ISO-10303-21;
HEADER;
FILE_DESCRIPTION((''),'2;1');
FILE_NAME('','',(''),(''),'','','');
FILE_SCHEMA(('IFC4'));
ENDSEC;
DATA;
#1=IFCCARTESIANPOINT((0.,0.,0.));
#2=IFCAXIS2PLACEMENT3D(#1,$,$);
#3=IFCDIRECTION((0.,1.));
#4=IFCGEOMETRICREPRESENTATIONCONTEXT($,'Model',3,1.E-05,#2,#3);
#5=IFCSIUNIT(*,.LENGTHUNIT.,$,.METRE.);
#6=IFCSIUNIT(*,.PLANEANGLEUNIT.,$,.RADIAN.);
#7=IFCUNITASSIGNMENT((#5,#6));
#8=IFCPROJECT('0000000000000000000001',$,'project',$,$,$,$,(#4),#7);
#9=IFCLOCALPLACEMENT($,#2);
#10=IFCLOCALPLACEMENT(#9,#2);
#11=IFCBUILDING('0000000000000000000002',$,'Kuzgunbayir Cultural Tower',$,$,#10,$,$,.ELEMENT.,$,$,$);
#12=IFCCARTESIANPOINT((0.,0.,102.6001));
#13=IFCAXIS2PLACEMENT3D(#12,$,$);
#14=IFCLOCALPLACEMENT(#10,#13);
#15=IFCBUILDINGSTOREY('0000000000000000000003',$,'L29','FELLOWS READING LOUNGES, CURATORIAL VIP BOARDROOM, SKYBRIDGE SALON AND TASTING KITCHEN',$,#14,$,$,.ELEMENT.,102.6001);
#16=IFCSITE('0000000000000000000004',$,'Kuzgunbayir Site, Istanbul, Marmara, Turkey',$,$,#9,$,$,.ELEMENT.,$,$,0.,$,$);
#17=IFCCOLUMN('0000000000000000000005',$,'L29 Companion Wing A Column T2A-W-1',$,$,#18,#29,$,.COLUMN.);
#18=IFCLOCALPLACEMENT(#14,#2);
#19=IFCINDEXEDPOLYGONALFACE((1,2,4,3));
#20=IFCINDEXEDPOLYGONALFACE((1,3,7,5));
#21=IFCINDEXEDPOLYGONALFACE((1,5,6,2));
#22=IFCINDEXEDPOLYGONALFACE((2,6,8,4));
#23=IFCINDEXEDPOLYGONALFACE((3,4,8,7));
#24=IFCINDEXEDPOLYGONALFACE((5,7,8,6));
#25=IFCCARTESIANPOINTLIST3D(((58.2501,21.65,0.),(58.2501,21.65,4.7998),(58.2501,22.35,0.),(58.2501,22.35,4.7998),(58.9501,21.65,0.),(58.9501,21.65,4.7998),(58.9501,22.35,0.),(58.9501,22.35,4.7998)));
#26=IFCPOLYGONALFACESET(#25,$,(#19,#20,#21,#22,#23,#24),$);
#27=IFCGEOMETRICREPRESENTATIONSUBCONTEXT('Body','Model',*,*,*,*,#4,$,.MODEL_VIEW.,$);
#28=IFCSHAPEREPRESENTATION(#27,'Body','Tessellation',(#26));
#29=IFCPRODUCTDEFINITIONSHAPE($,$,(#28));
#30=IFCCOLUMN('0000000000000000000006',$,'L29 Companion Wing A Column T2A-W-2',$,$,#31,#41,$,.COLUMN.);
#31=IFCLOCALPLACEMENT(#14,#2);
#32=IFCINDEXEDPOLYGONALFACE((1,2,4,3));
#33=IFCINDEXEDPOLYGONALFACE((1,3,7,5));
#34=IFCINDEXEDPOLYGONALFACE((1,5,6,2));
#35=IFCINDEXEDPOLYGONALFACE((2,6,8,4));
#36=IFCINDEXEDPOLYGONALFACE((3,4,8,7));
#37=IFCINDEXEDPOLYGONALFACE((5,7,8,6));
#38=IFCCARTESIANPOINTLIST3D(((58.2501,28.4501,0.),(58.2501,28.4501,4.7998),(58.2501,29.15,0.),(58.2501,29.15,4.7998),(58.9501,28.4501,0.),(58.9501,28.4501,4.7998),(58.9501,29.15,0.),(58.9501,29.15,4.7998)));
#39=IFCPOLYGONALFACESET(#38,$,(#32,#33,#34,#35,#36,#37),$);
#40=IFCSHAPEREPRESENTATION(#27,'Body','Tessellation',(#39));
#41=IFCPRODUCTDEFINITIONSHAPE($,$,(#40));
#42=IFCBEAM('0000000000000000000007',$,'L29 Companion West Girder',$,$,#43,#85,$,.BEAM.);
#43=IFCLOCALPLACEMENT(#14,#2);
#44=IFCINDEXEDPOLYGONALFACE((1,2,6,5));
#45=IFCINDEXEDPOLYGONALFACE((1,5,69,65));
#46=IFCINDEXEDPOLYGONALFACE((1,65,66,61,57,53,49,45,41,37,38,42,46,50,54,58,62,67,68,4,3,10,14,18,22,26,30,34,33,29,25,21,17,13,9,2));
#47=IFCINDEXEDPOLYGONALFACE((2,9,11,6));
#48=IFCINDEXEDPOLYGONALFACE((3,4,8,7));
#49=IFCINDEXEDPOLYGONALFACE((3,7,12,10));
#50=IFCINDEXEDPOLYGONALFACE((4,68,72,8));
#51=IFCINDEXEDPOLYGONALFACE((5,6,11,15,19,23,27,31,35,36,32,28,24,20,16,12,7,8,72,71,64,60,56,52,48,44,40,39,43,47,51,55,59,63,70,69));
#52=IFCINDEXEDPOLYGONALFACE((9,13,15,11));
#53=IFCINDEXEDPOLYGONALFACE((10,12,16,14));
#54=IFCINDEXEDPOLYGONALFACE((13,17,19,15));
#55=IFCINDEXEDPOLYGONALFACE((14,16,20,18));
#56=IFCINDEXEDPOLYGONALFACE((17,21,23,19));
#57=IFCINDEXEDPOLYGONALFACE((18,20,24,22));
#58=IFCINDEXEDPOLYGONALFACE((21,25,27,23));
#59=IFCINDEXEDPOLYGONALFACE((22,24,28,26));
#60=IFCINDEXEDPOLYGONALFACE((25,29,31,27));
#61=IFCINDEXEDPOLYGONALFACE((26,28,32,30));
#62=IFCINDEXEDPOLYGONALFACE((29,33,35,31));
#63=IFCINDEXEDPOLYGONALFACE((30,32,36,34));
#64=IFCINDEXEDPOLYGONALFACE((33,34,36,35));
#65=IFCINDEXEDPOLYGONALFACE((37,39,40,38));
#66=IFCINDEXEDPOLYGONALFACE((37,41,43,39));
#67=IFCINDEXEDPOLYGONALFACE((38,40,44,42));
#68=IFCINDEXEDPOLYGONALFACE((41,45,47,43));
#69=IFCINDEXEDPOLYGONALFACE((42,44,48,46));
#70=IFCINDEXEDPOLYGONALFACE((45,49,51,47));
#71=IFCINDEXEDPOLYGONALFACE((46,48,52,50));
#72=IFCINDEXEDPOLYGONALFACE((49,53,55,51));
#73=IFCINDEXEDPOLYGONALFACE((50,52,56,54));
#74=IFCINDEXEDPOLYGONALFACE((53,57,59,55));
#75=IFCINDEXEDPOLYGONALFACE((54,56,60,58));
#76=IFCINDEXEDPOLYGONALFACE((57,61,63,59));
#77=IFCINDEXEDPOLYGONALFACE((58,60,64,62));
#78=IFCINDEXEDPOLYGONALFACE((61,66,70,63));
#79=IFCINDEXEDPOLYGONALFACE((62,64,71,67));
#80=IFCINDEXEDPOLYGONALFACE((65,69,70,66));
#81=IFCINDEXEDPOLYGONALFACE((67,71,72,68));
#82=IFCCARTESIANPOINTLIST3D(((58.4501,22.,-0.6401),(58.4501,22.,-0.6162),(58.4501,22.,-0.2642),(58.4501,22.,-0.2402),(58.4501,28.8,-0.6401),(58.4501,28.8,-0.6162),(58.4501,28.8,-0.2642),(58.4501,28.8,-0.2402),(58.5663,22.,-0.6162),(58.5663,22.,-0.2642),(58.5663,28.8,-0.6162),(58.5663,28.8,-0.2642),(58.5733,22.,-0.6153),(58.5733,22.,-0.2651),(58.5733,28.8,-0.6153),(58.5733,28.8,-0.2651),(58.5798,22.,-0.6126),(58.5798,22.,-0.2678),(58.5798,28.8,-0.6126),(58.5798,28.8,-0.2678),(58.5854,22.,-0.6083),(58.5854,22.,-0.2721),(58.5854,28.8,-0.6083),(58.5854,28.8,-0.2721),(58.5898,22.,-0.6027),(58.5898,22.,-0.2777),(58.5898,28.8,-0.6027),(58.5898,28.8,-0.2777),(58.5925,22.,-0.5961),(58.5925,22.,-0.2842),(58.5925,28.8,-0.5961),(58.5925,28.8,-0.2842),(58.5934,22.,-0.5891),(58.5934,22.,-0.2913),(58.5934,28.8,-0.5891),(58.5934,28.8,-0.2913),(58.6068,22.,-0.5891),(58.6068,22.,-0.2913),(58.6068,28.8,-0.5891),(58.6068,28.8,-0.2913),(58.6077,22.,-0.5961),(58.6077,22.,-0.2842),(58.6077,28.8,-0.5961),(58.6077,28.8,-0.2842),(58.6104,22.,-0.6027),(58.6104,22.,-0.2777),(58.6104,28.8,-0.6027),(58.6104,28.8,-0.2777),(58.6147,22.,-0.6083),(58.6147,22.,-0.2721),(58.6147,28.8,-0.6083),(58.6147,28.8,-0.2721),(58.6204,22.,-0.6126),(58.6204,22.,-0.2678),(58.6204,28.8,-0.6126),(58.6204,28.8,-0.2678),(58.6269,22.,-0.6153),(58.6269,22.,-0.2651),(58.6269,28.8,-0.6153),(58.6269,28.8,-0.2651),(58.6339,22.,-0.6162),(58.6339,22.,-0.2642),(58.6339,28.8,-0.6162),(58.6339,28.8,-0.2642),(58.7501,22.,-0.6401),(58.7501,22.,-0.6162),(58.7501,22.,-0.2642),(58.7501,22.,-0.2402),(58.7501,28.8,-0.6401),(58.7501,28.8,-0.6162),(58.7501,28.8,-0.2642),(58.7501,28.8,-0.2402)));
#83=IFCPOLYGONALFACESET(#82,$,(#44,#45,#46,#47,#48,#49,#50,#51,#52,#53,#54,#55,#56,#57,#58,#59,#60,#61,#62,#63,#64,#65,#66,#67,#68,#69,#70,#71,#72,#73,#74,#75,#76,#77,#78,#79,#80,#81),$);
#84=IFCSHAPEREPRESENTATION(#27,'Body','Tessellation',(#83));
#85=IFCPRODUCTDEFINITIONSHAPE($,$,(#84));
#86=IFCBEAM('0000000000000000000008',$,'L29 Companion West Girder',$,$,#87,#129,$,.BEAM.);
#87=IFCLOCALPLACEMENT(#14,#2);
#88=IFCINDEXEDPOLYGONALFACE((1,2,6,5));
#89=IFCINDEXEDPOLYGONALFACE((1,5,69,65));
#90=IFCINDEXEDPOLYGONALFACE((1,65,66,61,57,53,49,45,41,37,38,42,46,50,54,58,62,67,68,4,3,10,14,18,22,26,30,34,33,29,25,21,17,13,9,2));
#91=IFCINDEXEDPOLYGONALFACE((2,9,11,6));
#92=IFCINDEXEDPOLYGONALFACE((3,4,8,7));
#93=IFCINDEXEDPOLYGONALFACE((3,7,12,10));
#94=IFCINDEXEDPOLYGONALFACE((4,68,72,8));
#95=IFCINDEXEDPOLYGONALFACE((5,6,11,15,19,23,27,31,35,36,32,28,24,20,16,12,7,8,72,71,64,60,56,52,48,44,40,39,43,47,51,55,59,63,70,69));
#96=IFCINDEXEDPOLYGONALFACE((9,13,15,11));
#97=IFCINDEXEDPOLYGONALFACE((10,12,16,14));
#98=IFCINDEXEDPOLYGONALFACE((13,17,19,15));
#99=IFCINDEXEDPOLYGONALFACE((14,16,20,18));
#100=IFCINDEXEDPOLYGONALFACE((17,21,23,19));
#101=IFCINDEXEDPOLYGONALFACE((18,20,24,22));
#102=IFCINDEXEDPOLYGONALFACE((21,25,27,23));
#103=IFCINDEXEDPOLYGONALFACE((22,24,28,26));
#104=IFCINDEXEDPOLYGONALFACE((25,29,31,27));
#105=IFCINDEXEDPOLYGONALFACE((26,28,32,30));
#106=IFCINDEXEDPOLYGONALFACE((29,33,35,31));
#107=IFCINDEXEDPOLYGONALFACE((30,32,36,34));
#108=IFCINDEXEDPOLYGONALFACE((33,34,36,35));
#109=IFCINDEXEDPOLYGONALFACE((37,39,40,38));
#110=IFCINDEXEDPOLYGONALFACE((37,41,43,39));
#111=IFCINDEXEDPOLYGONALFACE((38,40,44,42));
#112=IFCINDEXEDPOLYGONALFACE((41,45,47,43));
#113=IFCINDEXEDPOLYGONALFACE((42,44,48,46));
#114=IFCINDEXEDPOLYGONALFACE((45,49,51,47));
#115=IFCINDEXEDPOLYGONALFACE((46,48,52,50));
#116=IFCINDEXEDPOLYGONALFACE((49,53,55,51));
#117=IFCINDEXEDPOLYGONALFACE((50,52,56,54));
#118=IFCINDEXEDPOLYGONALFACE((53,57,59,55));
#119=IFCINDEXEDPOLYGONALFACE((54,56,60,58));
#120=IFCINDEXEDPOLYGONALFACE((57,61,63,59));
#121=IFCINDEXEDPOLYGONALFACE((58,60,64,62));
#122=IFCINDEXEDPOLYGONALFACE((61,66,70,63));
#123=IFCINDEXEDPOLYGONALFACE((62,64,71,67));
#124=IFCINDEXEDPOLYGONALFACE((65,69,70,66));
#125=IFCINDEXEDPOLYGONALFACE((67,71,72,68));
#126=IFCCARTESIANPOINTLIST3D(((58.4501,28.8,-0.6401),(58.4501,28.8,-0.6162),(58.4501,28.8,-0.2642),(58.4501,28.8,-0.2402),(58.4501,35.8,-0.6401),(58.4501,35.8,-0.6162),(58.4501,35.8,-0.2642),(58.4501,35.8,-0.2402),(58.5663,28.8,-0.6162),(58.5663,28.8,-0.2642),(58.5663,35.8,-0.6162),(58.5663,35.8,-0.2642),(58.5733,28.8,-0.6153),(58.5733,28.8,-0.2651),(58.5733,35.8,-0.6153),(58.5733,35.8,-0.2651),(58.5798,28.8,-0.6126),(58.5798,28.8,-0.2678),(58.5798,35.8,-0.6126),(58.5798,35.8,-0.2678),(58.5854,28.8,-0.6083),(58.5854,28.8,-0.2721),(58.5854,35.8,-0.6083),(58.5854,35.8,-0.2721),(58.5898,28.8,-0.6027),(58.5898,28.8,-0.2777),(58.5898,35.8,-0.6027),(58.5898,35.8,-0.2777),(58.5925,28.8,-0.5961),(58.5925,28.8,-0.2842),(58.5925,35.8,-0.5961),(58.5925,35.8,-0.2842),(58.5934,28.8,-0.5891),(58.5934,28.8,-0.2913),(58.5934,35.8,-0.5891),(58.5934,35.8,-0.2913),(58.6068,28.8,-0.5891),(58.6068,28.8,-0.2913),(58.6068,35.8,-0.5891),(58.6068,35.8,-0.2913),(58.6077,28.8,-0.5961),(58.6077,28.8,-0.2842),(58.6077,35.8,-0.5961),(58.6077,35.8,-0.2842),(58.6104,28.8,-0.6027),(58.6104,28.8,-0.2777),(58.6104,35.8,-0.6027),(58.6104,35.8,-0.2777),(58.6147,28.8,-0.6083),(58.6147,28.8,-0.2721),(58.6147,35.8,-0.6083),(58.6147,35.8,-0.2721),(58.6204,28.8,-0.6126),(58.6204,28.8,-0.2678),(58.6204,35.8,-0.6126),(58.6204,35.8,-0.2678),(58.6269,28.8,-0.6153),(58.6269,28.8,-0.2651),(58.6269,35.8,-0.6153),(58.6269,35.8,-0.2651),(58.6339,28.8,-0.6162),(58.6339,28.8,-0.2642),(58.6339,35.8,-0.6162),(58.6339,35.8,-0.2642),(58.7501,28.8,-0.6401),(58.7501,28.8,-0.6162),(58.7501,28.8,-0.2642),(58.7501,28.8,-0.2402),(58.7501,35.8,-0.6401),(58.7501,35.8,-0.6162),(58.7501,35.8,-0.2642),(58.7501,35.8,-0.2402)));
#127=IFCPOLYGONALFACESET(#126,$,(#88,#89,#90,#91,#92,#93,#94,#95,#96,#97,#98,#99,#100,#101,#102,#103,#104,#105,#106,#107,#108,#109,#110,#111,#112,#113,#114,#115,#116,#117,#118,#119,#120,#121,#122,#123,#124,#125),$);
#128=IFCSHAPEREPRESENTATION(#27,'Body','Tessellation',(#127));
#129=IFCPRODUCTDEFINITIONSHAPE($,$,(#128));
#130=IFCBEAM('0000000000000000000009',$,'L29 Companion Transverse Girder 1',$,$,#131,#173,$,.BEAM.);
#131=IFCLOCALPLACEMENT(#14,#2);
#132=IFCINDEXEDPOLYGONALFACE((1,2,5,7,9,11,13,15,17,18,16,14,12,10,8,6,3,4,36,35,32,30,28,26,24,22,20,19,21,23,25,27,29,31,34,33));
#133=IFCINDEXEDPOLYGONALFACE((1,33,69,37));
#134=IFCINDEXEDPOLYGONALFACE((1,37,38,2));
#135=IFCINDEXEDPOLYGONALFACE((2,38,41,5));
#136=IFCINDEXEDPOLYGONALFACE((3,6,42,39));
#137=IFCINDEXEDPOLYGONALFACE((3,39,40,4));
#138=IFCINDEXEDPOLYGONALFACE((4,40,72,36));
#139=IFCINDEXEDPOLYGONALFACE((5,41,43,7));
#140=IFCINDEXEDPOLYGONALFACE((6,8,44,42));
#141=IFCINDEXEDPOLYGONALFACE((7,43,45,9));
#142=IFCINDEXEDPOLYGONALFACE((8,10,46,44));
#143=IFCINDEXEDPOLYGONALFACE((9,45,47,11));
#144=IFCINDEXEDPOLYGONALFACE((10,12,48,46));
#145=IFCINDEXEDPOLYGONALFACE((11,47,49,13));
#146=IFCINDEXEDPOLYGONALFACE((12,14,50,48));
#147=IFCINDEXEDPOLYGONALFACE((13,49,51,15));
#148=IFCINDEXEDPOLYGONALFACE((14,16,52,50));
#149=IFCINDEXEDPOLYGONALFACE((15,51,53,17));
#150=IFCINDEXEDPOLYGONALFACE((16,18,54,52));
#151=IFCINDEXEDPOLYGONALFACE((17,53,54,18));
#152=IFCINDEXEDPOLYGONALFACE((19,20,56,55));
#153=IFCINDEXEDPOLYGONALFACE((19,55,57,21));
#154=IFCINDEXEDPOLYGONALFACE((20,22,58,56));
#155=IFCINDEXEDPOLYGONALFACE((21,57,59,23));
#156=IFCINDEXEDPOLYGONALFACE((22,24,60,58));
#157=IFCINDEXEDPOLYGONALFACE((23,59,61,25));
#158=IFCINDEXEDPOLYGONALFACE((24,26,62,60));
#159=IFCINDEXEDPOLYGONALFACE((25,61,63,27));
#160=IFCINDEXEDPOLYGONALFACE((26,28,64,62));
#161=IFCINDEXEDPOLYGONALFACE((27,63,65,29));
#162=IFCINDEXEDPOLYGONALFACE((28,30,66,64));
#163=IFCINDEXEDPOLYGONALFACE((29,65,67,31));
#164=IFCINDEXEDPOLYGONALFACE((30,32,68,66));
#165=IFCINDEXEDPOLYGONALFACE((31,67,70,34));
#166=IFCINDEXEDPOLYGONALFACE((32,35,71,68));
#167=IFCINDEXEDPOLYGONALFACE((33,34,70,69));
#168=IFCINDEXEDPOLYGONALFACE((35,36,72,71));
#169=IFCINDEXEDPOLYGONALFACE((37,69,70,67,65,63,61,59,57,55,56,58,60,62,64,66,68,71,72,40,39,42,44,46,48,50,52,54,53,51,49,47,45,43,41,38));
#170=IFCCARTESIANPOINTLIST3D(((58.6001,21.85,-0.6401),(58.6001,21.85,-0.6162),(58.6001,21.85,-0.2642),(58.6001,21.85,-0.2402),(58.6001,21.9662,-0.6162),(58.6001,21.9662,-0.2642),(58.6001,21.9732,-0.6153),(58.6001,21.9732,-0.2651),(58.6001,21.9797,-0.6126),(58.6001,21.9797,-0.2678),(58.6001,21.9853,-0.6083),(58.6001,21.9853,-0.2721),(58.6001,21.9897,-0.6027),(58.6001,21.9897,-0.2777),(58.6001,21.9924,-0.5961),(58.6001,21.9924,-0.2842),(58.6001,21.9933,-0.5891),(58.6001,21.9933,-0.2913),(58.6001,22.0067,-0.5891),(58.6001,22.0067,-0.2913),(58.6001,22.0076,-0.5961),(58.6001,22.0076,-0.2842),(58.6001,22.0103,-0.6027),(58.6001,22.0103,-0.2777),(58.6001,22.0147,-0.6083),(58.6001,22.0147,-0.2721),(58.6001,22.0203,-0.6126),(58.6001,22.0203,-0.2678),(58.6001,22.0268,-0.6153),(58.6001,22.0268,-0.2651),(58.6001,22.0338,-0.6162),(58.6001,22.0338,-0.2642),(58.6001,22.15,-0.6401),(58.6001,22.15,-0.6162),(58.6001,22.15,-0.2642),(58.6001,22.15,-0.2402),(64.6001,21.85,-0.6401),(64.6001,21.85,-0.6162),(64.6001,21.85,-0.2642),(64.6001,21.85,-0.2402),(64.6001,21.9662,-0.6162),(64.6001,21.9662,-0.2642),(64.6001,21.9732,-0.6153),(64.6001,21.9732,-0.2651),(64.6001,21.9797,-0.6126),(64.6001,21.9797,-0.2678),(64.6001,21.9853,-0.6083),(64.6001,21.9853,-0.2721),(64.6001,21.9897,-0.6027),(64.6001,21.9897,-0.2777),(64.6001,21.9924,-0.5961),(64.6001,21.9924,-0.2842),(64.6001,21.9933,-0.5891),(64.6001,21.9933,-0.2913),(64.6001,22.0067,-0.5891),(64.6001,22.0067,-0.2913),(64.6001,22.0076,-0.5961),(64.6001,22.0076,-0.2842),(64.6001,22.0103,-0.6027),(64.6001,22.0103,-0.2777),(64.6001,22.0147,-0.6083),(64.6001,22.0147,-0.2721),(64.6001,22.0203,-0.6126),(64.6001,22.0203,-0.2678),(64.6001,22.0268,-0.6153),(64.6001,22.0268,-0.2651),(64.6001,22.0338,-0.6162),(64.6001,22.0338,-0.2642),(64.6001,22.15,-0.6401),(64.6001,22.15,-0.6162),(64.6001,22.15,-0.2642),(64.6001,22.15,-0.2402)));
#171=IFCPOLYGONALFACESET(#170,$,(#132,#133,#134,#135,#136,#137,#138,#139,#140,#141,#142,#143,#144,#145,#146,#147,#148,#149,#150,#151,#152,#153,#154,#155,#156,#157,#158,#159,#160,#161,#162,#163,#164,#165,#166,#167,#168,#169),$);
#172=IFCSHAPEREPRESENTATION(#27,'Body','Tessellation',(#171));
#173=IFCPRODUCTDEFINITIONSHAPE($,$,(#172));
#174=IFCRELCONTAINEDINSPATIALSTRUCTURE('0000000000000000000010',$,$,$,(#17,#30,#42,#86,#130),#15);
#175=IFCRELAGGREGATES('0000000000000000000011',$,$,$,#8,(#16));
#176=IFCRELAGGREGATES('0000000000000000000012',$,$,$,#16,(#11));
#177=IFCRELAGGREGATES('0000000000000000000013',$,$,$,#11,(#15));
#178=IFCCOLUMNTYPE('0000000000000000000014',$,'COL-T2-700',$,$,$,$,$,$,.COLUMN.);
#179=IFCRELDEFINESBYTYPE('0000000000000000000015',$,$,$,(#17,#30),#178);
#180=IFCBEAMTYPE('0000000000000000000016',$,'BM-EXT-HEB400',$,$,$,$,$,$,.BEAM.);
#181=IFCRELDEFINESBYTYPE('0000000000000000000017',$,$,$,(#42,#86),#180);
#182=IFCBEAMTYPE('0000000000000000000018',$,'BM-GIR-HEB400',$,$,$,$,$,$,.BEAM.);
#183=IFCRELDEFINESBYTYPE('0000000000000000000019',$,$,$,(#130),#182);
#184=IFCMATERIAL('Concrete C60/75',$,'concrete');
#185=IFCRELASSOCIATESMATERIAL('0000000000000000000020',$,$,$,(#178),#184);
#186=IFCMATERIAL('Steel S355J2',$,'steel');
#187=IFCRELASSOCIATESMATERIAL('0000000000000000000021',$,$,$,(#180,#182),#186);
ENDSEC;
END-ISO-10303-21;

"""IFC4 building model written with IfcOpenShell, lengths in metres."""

from ifc_helpers import new_model, si_unit, direction, frame, origin, origin_2d, place, context, subcontext, project, spatial, rectangle, i_section, extrude, material, material_profile, profile_set, type_object, element, save


model = new_model("IFC4")

# Units and contexts
model_context = context("Model", 3, precision=1e-05, world=origin(), true_north=direction((0.0, 1.0)))
body_context = subcontext(model_context, "Body", "Model", "MODEL_VIEW")
ifc_project = project(units=[si_unit("LENGTHUNIT", "METRE"), si_unit("PLANEANGLEUNIT", "RADIAN")], contexts=[model_context])

# Site, building, storey
site_placement = place(None, origin())
site = spatial("IfcSite", under=ifc_project, at=site_placement, Name="Kuzgunbayir Site, Istanbul, Marmara, Turkey", CompositionType="ELEMENT", RefElevation=0.0)
building_placement = place(site_placement, origin())
building = spatial("IfcBuilding", under=site, at=building_placement, Name="Kuzgunbayir Cultural Tower", CompositionType="ELEMENT")
storey_placement = place(building_placement, frame((0.0, 0.0, 102.6001)))
storey = spatial("IfcBuildingStorey", under=building, at=storey_placement, Name="L29", Description="FELLOWS READING LOUNGES, CURATORIAL VIP BOARDROOM, SKYBRIDGE SALON AND TASTING KITCHEN", CompositionType="ELEMENT", Elevation=102.6001)

# Columns
ifc_material_1 = material(Name="Concrete C60/75", Category="concrete")
ifc_material_profile_1 = material_profile(ifc_material_1, rectangle(XDim=0.7, YDim=0.7, at=origin_2d()), Name="RC 700x700")
ifc_profile_set_1 = profile_set([ifc_material_profile_1], Name="Concrete C60/75")
column_type = type_object("IfcColumnType", Name="COL-T2-700", PredefinedType="COLUMN", material=ifc_profile_set_1)
for number, where, z_axis, x_axis, name in (
    (1, (58.6001, 22.0, 0.0), (0.0, 0.0, 1.0), (1.0, 0.0, 0.0), "L29 Companion Wing A Column T2A-W-1"),
    (2, (58.6001, 28.8, 0.0), (0.0, 0.0, 1.0), (1.0, 0.0, 0.0), "L29 Companion Wing A Column T2A-W-2"),
):
    element("IfcColumn", number, at=place(storey_placement, frame(where, z_axis=z_axis, x_axis=x_axis)), inside=storey, type_object=column_type, Name=name, PredefinedType="COLUMN", context=body_context, shape_type="SweptSolid", body=[
        extrude(rectangle(XDim=0.7, YDim=0.7, at=origin_2d()), origin(), (0.0, 0.0, 1.0), 4.7998),
    ])

# Beams
ifc_material_2 = material(Name="Steel S355J2", Category="steel")
ifc_material_profile_2 = material_profile(ifc_material_2, i_section(OverallWidth=0.3, OverallDepth=0.3999, WebThickness=0.0134, FlangeThickness=0.0239, FilletRadius=0.0271, at=origin_2d()), Name="HEB 400")
ifc_profile_set_2 = profile_set([ifc_material_profile_2], Name="Steel S355J2")
beam_type_1 = type_object("IfcBeamType", Name="BM-EXT-HEB400", PredefinedType="BEAM", material=ifc_profile_set_2)
beam_1_placement = place(storey_placement, frame((58.6001, 22.0, -0.4402), z_axis=(0.0, 1.0, 0.0), x_axis=(-1.0, 0.0, 0.0)))
element("IfcBeam", 3, at=beam_1_placement, inside=storey, type_object=beam_type_1, Name="L29 Companion West Girder", PredefinedType="BEAM", context=body_context, shape_type="SweptSolid", body=[
    extrude(i_section(OverallWidth=0.3, OverallDepth=0.3999, WebThickness=0.0134, FlangeThickness=0.0239, FilletRadius=0.0271, at=origin_2d()), origin(), (0.0, 0.0, 1.0), 6.8),
])
beam_2_placement = place(storey_placement, frame((58.6001, 28.8, -0.4402), z_axis=(0.0, 1.0, 0.0), x_axis=(-1.0, 0.0, 0.0)))
element("IfcBeam", 4, at=beam_2_placement, inside=storey, type_object=beam_type_1, Name="L29 Companion West Girder", PredefinedType="BEAM", context=body_context, shape_type="SweptSolid", body=[
    extrude(i_section(OverallWidth=0.3, OverallDepth=0.3999, WebThickness=0.0134, FlangeThickness=0.0239, FilletRadius=0.0271, at=origin_2d()), origin(), (0.0, 0.0, 1.0), 7.0),
])
ifc_material_profile_3 = material_profile(ifc_material_2, i_section(OverallWidth=0.3, OverallDepth=0.3999, WebThickness=0.0134, FlangeThickness=0.0239, FilletRadius=0.0271, at=origin_2d()), Name="HEB 400")
ifc_profile_set_3 = profile_set([ifc_material_profile_3], Name="Steel S355J2")
beam_type_2 = type_object("IfcBeamType", Name="BM-GIR-HEB400", PredefinedType="BEAM", material=ifc_profile_set_3)
beam_3_placement = place(storey_placement, frame((58.6001, 22.0, -0.4402), z_axis=(1.0, 0.0, 0.0), x_axis=(0.0, 1.0, 0.0)))
element("IfcBeam", 5, at=beam_3_placement, inside=storey, type_object=beam_type_2, Name="L29 Companion Transverse Girder 1", PredefinedType="BEAM", context=body_context, shape_type="SweptSolid", body=[
    extrude(i_section(OverallWidth=0.3, OverallDepth=0.3999, WebThickness=0.0134, FlangeThickness=0.0239, FilletRadius=0.0271, at=origin_2d()), origin(), (0.0, 0.0, 1.0), 6.0),
])

save(model, "model.ifc")
